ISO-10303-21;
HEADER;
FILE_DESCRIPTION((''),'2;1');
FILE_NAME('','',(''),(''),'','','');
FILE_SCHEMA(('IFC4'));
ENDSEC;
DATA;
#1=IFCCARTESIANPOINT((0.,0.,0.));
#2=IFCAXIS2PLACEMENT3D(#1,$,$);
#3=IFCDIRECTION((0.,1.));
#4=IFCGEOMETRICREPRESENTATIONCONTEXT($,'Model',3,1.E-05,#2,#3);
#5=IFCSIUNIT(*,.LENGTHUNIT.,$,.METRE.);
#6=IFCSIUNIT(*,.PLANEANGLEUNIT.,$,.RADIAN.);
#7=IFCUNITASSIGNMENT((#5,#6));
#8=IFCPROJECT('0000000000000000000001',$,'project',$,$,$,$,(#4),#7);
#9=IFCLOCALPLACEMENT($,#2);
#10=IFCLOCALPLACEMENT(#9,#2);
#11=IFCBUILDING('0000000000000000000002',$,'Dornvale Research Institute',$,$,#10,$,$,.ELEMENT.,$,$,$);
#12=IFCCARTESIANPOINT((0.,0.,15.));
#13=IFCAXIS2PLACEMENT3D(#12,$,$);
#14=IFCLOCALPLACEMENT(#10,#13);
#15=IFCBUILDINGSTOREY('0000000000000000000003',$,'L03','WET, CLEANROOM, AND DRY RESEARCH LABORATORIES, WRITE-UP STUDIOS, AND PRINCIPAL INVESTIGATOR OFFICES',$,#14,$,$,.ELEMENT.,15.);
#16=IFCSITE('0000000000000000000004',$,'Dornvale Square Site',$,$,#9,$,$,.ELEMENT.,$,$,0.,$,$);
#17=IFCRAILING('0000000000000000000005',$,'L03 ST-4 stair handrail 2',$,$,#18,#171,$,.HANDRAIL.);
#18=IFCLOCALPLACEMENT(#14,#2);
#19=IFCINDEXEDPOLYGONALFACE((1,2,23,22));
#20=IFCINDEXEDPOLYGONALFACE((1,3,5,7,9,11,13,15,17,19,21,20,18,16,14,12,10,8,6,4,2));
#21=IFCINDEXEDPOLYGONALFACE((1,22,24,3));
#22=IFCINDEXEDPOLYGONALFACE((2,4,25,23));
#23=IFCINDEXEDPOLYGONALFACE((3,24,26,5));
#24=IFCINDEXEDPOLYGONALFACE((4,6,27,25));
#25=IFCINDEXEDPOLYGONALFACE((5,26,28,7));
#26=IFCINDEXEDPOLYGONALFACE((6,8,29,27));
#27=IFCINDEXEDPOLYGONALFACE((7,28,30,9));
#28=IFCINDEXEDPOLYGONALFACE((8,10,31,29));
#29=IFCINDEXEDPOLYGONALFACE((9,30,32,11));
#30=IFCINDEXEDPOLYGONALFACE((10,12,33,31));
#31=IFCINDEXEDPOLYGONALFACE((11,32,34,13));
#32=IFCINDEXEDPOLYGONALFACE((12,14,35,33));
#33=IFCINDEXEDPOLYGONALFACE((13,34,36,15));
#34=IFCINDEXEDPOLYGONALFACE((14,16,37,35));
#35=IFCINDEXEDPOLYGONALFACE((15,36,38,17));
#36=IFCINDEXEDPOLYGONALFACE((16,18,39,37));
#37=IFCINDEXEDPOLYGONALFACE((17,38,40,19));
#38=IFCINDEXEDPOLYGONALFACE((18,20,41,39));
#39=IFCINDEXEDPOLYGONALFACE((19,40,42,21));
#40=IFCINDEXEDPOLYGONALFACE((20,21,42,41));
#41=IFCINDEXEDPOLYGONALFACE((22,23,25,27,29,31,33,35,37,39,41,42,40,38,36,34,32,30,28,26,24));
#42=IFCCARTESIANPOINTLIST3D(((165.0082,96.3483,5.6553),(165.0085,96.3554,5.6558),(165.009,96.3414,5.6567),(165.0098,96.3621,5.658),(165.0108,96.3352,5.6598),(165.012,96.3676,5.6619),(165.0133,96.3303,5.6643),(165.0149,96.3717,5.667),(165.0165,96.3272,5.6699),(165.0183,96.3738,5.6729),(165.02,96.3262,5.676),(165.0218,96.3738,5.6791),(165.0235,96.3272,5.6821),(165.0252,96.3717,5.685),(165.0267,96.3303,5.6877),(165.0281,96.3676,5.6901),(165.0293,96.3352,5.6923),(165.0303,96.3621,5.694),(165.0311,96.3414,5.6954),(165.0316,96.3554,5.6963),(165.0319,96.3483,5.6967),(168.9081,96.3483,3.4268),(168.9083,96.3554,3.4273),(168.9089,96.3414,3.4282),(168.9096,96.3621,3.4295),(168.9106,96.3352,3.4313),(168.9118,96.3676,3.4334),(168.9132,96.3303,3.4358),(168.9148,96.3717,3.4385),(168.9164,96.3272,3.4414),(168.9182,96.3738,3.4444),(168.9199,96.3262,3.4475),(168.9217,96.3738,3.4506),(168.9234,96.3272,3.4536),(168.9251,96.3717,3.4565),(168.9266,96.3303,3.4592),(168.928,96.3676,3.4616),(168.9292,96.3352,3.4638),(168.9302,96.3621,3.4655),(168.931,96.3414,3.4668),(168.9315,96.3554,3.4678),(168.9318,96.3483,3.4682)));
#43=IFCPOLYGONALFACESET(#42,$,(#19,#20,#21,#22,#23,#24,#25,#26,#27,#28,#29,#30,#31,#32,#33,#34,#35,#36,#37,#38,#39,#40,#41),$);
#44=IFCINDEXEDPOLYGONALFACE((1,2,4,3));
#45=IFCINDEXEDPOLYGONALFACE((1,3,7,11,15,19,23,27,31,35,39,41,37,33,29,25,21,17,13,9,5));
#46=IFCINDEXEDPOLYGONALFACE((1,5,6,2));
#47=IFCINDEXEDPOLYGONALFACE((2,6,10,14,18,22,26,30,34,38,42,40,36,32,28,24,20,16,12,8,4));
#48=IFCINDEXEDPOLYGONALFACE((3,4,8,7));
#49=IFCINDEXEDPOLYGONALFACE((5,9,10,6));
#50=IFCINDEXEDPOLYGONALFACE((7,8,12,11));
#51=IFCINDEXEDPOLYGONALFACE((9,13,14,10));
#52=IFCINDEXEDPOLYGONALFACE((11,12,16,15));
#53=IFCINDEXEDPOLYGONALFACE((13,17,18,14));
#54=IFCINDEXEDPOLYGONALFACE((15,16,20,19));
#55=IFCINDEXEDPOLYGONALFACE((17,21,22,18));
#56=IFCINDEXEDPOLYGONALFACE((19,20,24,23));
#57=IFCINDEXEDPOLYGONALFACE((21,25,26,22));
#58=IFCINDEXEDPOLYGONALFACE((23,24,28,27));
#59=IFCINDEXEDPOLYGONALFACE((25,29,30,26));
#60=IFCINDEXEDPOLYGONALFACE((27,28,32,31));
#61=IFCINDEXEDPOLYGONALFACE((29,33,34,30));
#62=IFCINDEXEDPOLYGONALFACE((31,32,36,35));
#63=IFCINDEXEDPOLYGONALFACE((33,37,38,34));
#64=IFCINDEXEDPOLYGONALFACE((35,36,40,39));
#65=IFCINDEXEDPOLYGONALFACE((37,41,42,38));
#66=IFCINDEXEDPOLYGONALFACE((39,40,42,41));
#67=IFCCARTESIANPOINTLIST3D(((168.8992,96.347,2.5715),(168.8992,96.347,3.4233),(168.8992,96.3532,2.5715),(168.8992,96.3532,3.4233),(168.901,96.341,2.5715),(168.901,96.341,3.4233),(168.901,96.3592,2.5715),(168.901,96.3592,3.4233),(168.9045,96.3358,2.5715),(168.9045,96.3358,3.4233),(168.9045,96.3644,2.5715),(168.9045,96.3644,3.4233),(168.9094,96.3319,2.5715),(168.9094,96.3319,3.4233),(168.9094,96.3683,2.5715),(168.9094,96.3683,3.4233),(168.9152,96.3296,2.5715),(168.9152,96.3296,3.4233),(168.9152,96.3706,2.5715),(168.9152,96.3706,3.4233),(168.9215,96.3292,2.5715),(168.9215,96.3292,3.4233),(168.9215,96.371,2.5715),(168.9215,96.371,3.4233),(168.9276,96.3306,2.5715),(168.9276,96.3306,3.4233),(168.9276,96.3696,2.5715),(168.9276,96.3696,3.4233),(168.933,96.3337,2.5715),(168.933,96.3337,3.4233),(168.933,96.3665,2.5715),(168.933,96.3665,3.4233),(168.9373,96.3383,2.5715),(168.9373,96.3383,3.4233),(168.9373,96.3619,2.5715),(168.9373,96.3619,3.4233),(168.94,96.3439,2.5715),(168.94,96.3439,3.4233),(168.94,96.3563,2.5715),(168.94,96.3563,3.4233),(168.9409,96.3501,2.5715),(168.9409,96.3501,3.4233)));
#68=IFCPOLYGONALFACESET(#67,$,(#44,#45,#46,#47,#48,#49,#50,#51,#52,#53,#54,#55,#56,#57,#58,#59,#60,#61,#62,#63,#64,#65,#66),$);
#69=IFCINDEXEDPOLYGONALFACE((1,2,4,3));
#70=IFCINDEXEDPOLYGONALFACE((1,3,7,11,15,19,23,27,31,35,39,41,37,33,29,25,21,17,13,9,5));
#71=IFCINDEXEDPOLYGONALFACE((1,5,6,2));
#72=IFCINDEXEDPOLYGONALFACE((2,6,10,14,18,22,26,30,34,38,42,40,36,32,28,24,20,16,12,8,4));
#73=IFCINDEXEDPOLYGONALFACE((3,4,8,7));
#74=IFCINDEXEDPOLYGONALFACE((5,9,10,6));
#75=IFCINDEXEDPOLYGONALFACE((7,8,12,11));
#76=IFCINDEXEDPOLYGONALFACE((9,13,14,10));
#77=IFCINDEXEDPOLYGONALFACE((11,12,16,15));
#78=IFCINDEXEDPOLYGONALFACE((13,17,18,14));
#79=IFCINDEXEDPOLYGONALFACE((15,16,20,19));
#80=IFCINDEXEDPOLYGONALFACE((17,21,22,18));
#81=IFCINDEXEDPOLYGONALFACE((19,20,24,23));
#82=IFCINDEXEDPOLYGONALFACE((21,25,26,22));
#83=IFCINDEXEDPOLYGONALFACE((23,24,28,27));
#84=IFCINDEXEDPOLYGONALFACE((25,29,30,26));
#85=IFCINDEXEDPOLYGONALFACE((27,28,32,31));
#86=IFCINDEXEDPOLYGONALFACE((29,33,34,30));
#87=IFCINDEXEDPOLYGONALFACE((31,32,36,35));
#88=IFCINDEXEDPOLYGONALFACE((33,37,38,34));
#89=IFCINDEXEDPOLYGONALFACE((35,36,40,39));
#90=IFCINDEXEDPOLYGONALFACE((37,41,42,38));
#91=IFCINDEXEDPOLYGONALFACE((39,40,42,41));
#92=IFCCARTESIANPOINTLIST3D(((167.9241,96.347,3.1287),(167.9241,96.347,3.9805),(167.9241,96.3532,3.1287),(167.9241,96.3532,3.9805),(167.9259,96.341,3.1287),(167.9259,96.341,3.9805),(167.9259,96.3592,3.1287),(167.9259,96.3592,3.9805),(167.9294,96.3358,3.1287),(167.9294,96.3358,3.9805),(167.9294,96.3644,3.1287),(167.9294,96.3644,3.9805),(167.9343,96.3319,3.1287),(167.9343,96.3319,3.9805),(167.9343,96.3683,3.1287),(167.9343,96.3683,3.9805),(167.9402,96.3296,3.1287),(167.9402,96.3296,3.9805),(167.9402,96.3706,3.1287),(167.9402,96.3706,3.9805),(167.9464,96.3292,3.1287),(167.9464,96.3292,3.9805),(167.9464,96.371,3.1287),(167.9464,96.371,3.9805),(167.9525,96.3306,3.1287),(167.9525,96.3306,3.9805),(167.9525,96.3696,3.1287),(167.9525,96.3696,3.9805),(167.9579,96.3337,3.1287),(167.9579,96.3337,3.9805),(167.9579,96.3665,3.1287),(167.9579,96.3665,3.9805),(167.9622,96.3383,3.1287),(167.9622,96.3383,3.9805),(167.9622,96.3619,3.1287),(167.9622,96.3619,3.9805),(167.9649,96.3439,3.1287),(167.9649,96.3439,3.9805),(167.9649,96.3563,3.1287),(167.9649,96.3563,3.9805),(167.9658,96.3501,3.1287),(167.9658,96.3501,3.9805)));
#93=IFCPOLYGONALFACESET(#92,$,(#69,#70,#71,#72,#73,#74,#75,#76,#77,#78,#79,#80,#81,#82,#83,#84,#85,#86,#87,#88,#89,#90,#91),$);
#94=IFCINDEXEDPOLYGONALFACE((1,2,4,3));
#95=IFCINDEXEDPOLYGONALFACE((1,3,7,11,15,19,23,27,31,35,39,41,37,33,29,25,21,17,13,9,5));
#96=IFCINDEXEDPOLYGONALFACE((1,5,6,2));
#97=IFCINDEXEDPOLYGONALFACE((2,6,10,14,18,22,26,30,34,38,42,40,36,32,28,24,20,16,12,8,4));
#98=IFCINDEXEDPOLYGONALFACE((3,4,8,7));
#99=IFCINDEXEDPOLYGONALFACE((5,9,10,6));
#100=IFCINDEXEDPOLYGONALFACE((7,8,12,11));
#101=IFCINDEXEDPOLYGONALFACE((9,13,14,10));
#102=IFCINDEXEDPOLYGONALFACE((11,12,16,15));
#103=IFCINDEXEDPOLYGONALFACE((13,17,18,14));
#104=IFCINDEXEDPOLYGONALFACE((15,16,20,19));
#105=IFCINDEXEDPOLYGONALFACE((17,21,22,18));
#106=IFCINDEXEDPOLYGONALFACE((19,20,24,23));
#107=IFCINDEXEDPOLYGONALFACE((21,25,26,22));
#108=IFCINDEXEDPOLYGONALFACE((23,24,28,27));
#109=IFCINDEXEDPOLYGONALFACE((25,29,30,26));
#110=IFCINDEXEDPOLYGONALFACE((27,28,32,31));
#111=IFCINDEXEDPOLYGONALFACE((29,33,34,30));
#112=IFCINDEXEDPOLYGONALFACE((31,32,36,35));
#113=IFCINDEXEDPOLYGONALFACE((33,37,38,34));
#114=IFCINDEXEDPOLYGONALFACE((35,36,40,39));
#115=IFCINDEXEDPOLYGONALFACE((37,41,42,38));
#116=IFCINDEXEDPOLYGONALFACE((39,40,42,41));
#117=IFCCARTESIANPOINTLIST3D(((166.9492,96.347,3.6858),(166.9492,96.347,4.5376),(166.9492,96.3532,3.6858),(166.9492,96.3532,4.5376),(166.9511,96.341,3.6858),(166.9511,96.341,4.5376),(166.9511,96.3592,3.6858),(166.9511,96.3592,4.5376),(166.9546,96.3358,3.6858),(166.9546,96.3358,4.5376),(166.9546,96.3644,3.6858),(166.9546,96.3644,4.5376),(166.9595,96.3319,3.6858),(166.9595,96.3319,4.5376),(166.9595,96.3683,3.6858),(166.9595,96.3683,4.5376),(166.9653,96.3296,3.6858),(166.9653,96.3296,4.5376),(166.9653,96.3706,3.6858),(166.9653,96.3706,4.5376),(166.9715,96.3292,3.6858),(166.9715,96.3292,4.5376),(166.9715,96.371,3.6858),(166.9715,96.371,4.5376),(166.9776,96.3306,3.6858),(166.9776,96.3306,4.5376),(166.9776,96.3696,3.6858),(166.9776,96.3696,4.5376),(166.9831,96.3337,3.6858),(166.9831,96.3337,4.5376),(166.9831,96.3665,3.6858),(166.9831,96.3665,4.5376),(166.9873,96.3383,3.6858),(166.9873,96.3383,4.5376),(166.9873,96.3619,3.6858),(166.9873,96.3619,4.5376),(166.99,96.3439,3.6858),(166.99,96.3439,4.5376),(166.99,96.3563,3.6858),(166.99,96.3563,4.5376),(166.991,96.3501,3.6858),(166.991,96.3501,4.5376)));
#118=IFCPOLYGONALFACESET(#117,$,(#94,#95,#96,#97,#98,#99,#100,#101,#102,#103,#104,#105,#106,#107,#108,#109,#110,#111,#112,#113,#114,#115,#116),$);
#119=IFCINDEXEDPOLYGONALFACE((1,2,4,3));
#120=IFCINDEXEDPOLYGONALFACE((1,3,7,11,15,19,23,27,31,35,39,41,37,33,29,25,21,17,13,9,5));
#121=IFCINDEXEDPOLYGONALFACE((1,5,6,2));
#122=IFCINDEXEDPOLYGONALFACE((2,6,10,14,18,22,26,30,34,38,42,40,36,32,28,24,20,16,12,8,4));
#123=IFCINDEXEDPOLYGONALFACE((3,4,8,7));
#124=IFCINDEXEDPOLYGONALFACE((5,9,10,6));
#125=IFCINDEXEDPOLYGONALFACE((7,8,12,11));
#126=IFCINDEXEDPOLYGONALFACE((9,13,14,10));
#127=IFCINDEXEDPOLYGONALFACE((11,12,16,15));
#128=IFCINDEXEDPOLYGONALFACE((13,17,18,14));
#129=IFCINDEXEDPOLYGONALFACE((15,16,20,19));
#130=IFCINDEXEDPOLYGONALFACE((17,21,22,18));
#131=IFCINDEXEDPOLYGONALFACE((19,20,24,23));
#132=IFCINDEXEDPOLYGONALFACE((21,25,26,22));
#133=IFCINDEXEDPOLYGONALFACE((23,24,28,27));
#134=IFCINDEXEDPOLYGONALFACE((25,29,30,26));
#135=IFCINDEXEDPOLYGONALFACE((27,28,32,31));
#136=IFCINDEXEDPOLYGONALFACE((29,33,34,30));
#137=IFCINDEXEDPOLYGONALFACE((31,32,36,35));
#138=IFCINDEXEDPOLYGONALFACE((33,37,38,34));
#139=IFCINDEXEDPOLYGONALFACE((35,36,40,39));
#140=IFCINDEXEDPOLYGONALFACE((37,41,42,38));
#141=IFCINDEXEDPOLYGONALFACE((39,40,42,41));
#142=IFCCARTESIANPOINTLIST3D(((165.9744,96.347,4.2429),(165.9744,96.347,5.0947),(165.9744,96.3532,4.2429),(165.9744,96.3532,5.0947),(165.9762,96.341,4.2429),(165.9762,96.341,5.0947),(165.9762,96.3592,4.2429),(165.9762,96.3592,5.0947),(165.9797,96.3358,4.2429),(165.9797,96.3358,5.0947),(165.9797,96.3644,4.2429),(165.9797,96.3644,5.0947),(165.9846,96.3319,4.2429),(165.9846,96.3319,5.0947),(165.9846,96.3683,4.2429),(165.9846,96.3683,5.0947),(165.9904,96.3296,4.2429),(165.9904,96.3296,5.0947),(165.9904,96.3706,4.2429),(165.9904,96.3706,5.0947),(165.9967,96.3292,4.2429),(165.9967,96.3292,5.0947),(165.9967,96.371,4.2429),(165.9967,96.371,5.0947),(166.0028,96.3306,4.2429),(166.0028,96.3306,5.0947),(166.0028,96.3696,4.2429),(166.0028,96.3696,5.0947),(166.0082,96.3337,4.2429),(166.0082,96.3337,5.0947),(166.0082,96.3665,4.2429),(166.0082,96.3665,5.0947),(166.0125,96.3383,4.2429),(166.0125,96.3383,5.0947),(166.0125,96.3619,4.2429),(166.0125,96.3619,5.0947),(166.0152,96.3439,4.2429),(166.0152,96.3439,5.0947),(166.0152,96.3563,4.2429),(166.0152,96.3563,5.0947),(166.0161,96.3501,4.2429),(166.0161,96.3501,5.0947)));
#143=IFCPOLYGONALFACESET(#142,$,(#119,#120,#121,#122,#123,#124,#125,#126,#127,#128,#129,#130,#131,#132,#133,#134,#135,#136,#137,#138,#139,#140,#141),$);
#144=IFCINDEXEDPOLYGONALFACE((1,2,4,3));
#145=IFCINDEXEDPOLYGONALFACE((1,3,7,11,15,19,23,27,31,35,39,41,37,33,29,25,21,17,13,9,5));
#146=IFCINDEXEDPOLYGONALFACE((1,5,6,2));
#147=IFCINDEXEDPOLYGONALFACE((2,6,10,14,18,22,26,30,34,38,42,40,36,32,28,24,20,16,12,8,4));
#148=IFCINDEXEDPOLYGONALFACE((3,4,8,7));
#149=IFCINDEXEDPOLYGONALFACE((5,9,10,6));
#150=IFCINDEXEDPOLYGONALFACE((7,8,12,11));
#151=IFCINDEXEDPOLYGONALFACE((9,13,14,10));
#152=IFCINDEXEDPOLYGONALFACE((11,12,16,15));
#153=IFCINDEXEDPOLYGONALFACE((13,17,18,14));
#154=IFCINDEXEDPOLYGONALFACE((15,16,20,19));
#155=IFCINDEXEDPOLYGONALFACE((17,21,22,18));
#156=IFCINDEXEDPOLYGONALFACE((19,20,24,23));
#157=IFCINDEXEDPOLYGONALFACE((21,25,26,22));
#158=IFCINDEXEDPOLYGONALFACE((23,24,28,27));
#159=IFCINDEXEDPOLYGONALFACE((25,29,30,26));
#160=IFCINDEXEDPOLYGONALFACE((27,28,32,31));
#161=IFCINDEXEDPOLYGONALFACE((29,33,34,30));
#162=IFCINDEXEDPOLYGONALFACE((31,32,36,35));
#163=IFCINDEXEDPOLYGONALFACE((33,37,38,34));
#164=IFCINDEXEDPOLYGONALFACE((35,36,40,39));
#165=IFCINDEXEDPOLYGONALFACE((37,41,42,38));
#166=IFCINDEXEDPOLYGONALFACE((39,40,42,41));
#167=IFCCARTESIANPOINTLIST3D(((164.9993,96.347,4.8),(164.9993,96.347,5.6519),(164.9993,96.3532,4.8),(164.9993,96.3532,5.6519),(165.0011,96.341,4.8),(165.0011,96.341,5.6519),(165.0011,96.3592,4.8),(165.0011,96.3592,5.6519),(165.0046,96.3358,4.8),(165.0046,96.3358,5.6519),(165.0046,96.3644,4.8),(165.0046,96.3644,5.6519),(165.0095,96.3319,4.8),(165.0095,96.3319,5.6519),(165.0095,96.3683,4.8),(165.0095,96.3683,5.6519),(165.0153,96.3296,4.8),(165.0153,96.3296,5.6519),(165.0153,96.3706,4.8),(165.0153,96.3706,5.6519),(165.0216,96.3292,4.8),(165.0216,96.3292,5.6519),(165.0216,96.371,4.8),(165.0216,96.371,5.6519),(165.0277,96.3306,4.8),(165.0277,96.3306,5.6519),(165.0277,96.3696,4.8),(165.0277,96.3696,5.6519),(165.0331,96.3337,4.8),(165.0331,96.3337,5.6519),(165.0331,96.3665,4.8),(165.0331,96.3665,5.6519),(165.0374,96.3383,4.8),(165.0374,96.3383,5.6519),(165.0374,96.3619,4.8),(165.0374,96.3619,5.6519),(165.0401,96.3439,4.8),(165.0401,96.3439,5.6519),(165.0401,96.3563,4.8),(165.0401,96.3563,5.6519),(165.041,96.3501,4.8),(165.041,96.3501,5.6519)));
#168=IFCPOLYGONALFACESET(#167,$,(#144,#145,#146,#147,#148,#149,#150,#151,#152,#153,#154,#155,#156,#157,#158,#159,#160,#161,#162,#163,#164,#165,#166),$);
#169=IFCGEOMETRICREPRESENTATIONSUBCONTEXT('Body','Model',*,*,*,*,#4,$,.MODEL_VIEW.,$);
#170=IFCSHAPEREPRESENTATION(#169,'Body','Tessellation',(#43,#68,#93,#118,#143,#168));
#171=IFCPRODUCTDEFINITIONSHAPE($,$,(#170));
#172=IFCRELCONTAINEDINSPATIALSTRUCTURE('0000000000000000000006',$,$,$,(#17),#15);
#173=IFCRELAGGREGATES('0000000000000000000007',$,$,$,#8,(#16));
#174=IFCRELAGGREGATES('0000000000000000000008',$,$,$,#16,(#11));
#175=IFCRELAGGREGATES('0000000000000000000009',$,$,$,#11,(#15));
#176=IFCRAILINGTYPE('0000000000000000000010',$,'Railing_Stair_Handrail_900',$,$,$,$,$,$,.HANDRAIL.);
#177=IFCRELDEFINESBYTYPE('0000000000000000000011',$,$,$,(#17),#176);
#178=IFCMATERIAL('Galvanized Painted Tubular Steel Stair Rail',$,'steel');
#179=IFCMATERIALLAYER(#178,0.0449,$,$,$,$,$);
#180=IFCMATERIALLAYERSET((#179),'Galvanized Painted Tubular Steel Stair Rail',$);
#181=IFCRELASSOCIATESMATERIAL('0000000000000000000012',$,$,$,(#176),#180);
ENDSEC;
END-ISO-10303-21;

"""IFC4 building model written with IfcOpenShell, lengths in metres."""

from ifc_helpers import new_model, si_unit, direction, frame, origin, origin_2d, place, context, subcontext, project, spatial, circle, extrude, material, layer, layer_set, type_object, element, save


model = new_model("IFC4")

# Units and contexts
model_context = context("Model", 3, precision=1e-05, world=origin(), true_north=direction((0.0, 1.0)))
body_context = subcontext(model_context, "Body", "Model", "MODEL_VIEW")
ifc_project = project(units=[si_unit("LENGTHUNIT", "METRE"), si_unit("PLANEANGLEUNIT", "RADIAN")], contexts=[model_context])

# Site, building, storey
site_placement = place(None, origin())
site = spatial("IfcSite", under=ifc_project, at=site_placement, Name="Dornvale Square Site", CompositionType="ELEMENT", RefElevation=0.0)
building_placement = place(site_placement, origin())
building = spatial("IfcBuilding", under=site, at=building_placement, Name="Dornvale Research Institute", CompositionType="ELEMENT")
storey_placement = place(building_placement, frame((0.0, 0.0, 15.0)))
storey = spatial("IfcBuildingStorey", under=building, at=storey_placement, Name="L03", Description="WET, CLEANROOM, AND DRY RESEARCH LABORATORIES, WRITE-UP STUDIOS, AND PRINCIPAL INVESTIGATOR OFFICES", CompositionType="ELEMENT", Elevation=15.0)

# Railing
ifc_material_1 = material(Name="Galvanized Painted Tubular Steel Stair Rail", Category="steel")
ifc_layer_1 = layer(ifc_material_1, 0.0449)
ifc_layer_set_1 = layer_set([ifc_layer_1], Name="Galvanized Painted Tubular Steel Stair Rail")
railing_type_1 = type_object("IfcRailingType", Name="Railing_Stair_Handrail_900", PredefinedType="HANDRAIL", material=ifc_layer_set_1)
railing_1_placement = place(storey_placement, frame((168.9199, 96.3501, 2.5715)))
element("IfcRailing", 1, at=railing_1_placement, inside=storey, type_object=railing_type_1, Name="L03 ST-4 stair handrail 2", PredefinedType="HANDRAIL", context=body_context, shape_type="SweptSolid", body=[
    extrude(circle(Radius=0.0239, at=origin_2d()), frame((0.0, 0.0, 0.876), z_axis=(-0.868243, 0.0, 0.496139), x_axis=(0.0, -1.0, 0.0)), (0.0, 0.0, 1.0), 4.4917),
    extrude(circle(Radius=0.021, at=origin_2d()), origin(), (0.0, 0.0, 1.0), 0.8518),
    extrude(circle(Radius=0.021, at=origin_2d()), frame((-0.9751, 0.0, 0.5571)), (0.0, 0.0, 1.0), 0.8518),
    extrude(circle(Radius=0.021, at=origin_2d()), frame((-1.95, 0.0, 1.1143)), (0.0, 0.0, 1.0), 0.8518),
    extrude(circle(Radius=0.021, at=origin_2d()), frame((-2.9248, 0.0, 1.6714)), (0.0, 0.0, 1.0), 0.8518),
    extrude(circle(Radius=0.021, at=origin_2d()), frame((-3.8999, 0.0, 2.2285)), (0.0, 0.0, 1.0), 0.8518),
])

save(model, "model.ifc")
